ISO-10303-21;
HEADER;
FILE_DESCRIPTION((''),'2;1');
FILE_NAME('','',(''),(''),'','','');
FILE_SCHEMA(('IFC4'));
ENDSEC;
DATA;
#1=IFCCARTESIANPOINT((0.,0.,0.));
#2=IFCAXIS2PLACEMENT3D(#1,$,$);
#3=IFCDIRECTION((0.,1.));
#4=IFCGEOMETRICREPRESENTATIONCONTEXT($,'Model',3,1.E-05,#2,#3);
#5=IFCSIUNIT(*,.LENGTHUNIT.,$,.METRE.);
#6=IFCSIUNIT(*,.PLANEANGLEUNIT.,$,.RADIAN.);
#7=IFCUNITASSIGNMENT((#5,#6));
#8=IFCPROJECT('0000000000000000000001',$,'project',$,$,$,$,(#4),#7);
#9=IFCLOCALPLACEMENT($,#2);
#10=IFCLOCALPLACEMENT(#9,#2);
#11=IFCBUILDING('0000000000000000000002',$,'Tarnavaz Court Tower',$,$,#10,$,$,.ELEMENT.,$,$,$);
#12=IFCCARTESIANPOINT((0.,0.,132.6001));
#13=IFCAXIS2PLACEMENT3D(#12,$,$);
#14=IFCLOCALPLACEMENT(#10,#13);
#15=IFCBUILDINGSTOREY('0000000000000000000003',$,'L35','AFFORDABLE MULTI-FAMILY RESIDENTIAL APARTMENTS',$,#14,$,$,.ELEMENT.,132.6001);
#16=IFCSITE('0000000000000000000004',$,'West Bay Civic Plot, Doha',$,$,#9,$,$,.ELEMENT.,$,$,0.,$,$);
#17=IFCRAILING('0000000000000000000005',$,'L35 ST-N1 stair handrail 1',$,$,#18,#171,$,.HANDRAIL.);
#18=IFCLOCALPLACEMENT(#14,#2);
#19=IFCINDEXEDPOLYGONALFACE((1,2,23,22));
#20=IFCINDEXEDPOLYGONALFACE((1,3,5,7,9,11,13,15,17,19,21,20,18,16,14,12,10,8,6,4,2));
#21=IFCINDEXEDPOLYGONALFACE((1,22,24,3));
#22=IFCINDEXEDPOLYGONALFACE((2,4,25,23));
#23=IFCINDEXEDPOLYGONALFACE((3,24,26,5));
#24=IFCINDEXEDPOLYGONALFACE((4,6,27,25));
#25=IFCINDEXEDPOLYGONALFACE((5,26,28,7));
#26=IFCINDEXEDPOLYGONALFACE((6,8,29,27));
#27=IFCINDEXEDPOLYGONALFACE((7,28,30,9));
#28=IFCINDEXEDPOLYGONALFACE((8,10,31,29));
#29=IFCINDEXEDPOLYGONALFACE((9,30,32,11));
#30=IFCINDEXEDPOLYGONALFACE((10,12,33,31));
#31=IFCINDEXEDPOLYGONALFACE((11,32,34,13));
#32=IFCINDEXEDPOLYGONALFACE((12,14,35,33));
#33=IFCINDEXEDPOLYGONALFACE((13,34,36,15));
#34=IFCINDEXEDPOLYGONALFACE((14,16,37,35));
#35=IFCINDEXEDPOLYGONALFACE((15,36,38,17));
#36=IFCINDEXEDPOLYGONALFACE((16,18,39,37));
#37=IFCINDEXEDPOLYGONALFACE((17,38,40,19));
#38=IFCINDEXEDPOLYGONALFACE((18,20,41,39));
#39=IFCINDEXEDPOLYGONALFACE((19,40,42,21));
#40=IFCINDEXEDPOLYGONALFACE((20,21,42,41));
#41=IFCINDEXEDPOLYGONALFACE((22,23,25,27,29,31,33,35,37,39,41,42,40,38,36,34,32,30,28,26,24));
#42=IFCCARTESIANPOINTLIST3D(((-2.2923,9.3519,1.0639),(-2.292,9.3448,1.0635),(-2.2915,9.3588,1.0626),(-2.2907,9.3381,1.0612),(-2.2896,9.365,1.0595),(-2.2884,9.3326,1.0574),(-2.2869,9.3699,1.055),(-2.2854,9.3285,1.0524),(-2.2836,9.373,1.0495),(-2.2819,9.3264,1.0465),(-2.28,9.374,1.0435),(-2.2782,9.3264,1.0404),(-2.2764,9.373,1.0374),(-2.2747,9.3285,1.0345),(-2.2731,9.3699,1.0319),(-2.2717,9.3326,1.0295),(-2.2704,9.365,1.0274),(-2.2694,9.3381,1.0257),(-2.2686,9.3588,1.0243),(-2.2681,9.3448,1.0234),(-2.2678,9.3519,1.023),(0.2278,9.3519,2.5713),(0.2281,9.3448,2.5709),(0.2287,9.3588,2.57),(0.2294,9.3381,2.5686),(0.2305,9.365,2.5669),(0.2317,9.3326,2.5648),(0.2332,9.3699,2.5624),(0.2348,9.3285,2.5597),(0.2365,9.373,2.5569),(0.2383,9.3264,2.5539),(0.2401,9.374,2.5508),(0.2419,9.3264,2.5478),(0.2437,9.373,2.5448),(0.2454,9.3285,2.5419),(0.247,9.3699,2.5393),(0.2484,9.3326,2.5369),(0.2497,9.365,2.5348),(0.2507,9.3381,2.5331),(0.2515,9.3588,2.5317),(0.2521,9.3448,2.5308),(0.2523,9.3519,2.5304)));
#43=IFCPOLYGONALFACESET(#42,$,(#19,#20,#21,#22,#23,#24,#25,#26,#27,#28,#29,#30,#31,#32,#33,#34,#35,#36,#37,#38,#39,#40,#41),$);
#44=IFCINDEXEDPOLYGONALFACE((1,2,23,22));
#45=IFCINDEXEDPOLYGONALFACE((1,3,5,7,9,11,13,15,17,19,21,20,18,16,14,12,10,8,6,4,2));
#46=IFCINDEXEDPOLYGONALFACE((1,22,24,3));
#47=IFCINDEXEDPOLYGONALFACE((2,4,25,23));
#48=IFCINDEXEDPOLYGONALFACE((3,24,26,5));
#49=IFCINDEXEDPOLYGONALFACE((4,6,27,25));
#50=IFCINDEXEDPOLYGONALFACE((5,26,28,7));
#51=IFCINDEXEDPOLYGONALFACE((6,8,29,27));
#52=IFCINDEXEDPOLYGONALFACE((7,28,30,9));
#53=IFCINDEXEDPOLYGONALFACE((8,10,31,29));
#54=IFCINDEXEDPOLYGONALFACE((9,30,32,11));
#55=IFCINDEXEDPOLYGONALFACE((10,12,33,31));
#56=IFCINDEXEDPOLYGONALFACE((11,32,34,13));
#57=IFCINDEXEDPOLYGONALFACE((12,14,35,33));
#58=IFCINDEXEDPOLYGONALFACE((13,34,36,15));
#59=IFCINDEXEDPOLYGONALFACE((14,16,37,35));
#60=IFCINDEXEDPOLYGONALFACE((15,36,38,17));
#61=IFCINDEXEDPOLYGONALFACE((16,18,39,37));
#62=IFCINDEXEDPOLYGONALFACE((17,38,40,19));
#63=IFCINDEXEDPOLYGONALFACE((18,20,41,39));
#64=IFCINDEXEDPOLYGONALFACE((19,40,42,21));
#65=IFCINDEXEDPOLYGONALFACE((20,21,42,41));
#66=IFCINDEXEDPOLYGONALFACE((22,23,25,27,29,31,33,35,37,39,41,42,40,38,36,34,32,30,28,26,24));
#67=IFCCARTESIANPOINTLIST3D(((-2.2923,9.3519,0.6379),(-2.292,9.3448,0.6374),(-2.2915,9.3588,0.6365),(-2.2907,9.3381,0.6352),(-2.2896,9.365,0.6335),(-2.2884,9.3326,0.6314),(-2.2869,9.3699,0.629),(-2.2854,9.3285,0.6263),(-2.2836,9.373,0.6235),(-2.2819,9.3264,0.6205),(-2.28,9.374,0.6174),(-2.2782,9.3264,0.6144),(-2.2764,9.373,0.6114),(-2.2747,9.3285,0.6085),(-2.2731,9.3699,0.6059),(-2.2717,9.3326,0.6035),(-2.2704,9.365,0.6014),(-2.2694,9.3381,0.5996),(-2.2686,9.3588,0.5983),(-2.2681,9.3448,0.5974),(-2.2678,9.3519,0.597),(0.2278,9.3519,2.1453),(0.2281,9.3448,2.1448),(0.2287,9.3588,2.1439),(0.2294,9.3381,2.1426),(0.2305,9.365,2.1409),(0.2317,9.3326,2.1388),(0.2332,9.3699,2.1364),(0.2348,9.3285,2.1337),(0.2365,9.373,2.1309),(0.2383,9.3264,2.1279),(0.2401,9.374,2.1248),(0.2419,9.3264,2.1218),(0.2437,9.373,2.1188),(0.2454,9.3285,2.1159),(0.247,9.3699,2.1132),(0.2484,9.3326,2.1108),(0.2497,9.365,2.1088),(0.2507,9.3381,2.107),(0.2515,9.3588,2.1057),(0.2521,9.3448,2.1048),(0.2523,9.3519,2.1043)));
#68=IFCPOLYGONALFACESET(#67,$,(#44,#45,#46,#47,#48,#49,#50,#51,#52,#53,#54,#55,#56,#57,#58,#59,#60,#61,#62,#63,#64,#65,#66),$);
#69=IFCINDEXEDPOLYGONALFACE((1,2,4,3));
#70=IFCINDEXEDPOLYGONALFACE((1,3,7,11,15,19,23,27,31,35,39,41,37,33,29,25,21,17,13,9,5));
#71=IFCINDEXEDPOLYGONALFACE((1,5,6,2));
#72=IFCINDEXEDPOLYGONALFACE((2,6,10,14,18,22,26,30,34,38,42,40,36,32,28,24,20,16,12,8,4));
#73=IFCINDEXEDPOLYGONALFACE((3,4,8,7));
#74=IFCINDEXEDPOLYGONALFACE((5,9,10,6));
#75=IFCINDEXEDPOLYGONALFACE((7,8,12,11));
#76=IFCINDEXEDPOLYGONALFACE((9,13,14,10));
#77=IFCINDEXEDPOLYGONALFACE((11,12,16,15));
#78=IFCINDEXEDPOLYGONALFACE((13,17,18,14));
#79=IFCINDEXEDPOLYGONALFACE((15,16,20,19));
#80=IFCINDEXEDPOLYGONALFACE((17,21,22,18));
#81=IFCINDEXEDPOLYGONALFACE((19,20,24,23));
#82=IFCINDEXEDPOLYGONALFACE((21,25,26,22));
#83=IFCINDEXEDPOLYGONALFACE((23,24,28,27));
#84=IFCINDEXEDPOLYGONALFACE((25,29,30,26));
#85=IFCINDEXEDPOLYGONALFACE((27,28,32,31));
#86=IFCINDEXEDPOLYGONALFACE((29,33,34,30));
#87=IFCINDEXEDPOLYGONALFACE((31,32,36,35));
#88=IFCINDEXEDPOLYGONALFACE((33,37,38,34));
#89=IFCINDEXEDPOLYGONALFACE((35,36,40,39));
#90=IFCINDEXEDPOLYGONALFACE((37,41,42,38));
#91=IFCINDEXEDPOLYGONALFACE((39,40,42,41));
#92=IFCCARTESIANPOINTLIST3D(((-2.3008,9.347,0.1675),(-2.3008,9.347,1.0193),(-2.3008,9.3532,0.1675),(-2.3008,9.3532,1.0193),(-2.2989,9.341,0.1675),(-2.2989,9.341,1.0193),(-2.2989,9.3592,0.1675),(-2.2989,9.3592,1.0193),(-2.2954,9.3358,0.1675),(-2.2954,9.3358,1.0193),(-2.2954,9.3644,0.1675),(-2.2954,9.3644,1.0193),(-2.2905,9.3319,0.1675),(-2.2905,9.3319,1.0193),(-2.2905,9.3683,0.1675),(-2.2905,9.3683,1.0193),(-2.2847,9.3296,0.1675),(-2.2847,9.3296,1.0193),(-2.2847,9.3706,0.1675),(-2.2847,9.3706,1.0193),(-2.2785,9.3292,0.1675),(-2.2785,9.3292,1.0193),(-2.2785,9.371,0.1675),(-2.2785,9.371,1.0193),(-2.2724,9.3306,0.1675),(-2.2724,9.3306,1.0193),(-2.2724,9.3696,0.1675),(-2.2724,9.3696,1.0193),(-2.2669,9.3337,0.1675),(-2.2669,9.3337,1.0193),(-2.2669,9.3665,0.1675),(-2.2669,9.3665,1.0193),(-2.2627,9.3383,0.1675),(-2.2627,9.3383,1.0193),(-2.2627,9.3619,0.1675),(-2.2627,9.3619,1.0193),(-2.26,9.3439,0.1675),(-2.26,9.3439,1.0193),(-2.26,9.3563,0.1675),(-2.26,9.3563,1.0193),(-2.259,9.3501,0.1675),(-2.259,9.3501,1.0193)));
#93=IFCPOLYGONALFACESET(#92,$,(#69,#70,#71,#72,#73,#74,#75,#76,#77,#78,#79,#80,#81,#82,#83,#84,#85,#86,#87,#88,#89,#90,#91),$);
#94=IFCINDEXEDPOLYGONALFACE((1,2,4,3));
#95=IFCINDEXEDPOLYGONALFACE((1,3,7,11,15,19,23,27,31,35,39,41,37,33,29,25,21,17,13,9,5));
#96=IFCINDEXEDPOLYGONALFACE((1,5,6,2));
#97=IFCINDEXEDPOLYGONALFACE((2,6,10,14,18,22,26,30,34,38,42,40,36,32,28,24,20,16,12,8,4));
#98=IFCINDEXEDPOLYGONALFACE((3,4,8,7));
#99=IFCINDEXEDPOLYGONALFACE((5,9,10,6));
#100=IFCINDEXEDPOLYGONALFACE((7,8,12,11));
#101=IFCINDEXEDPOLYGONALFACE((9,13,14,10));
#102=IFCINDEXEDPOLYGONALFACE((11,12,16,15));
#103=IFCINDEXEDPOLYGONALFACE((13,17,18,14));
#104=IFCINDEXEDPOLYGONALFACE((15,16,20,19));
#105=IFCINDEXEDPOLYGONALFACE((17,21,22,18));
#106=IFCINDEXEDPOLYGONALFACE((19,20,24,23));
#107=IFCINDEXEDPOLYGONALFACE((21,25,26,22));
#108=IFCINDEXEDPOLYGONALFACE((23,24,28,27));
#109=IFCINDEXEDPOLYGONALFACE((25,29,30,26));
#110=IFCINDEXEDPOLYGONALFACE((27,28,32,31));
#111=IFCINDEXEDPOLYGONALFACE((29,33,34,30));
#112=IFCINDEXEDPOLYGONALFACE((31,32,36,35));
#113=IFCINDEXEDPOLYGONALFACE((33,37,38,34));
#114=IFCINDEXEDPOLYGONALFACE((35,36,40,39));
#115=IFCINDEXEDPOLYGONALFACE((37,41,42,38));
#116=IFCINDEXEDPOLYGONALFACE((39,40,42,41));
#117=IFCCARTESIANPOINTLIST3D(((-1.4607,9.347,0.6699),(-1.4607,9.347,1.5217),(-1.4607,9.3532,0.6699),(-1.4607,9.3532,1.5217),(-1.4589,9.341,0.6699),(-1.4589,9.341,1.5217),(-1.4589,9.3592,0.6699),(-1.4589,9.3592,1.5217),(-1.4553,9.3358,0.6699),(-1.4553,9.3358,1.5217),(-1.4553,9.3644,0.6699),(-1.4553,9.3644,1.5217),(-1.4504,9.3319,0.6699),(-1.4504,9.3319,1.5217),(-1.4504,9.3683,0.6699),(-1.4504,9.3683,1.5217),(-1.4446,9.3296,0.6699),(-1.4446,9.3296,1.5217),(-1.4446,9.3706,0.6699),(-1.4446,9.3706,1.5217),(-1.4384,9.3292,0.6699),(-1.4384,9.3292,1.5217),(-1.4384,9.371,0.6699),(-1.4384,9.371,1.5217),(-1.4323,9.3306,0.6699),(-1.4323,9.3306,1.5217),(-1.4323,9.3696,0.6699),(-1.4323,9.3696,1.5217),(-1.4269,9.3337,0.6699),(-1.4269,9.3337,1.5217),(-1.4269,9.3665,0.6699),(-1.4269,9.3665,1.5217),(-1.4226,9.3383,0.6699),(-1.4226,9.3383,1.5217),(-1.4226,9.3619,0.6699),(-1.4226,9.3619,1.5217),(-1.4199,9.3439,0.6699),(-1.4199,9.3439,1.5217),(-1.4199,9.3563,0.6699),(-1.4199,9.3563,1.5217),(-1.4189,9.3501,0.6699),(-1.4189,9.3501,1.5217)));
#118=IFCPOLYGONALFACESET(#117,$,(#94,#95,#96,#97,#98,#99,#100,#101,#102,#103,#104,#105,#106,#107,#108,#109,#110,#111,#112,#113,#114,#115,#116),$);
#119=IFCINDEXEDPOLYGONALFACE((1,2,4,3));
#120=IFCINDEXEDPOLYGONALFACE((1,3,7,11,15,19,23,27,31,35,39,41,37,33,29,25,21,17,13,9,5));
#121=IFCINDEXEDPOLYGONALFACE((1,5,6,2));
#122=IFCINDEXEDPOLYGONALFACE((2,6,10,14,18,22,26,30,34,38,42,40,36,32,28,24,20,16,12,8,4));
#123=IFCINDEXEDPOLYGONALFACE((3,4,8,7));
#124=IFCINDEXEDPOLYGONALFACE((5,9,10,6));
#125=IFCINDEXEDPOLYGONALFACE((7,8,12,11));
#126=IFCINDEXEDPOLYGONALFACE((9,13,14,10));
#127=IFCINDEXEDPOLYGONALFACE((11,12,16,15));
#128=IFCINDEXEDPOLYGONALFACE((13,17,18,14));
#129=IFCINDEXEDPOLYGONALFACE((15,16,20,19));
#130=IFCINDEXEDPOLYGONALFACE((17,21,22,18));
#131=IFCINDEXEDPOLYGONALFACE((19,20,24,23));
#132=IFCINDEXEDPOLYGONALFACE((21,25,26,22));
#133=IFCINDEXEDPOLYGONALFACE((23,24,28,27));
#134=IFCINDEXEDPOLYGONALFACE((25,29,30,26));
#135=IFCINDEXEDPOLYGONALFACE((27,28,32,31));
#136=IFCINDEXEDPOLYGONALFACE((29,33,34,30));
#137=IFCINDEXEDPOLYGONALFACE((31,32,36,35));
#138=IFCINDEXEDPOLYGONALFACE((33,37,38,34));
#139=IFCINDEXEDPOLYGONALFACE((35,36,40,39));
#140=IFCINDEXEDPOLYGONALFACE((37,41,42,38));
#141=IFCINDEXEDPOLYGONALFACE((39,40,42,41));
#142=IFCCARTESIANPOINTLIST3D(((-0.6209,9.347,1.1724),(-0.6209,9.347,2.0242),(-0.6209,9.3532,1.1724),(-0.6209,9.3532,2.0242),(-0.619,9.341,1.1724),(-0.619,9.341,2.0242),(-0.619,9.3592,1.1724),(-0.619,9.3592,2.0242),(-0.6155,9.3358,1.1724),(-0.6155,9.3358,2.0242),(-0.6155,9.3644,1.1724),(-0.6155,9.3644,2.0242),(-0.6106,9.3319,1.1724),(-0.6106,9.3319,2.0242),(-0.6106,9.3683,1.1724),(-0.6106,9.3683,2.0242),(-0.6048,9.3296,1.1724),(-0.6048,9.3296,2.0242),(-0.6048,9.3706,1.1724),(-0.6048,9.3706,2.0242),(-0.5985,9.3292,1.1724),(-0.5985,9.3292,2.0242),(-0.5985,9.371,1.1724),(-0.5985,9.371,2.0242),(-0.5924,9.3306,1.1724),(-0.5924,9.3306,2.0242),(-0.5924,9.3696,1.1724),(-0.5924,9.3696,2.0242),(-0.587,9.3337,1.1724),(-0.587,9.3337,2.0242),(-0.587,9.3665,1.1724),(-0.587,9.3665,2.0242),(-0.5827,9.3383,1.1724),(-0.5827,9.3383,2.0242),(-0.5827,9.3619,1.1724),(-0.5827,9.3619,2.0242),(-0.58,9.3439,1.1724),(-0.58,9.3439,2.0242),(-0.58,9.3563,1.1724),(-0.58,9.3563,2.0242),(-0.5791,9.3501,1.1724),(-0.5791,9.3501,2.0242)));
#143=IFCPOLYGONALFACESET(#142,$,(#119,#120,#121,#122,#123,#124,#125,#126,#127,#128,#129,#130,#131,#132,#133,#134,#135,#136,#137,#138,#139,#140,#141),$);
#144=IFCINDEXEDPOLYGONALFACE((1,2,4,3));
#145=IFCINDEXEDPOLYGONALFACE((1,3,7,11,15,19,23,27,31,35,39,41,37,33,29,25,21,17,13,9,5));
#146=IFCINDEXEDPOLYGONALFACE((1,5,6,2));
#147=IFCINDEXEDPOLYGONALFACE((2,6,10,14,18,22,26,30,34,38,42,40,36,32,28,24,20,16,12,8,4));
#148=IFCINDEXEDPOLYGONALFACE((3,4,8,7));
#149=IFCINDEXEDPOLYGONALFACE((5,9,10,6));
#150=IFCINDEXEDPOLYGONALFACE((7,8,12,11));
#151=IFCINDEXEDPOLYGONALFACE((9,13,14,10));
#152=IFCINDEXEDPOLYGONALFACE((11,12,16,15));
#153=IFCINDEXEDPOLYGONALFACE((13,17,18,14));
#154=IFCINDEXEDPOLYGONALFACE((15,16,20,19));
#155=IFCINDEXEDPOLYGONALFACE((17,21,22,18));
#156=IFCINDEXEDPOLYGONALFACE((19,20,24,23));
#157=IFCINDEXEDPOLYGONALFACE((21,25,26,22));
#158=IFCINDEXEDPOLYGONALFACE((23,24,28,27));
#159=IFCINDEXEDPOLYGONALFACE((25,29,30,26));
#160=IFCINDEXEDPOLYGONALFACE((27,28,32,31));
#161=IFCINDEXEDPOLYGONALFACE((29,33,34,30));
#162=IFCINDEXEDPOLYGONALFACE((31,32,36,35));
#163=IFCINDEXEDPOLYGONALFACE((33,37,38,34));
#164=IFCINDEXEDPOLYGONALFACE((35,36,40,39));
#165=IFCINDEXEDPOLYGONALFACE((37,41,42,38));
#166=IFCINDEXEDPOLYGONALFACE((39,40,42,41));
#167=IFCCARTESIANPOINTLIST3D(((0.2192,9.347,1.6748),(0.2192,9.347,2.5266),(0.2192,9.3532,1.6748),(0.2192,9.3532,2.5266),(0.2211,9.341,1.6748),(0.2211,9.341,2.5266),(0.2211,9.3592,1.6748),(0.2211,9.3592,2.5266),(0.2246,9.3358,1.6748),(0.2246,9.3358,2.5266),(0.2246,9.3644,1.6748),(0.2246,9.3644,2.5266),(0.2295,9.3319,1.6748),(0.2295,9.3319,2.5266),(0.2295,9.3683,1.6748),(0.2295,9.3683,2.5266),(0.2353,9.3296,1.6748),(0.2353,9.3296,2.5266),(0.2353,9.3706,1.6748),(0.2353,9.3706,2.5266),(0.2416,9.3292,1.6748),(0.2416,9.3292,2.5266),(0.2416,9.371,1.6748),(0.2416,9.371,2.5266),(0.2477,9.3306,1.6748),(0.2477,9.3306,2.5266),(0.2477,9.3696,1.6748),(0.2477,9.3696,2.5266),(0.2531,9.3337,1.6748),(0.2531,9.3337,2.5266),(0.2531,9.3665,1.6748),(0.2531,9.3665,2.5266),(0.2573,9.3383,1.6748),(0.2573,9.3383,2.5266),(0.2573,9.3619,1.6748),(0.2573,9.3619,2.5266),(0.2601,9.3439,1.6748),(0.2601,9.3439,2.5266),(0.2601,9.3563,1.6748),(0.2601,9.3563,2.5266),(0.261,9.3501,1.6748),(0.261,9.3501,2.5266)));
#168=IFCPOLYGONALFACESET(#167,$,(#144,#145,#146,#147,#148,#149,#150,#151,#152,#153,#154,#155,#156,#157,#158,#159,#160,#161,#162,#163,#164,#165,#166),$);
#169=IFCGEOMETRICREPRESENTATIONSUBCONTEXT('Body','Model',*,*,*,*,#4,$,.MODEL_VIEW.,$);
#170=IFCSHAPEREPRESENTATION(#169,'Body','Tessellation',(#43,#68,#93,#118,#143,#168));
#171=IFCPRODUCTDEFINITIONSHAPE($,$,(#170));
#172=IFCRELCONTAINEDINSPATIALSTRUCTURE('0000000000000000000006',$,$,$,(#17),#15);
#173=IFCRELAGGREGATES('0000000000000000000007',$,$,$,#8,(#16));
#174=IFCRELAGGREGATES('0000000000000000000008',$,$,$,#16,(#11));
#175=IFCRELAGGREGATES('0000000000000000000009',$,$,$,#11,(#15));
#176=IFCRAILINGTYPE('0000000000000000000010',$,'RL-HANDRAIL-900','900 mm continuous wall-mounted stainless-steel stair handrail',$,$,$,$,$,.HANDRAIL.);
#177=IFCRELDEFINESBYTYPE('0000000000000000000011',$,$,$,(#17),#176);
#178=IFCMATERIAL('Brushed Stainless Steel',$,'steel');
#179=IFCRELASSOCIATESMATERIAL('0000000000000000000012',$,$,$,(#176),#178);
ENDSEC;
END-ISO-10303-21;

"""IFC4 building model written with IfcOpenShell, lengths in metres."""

from ifc_helpers import new_model, si_unit, direction, frame, origin, origin_2d, place, context, subcontext, project, spatial, circle, extrude, material, type_object, element, save


model = new_model("IFC4")

# Units and contexts
model_context = context("Model", 3, precision=1e-05, world=origin(), true_north=direction((0.0, 1.0)))
body_context = subcontext(model_context, "Body", "Model", "MODEL_VIEW")
ifc_project = project(units=[si_unit("LENGTHUNIT", "METRE"), si_unit("PLANEANGLEUNIT", "RADIAN")], contexts=[model_context])

# Site, building, storey
site_placement = place(None, origin())
site = spatial("IfcSite", under=ifc_project, at=site_placement, Name="West Bay Civic Plot, Doha", CompositionType="ELEMENT", RefElevation=0.0)
building_placement = place(site_placement, origin())
building = spatial("IfcBuilding", under=site, at=building_placement, Name="Tarnavaz Court Tower", CompositionType="ELEMENT")
storey_placement = place(building_placement, frame((0.0, 0.0, 132.6001)))
storey = spatial("IfcBuildingStorey", under=building, at=storey_placement, Name="L35", Description="AFFORDABLE MULTI-FAMILY RESIDENTIAL APARTMENTS", CompositionType="ELEMENT", Elevation=132.6001)

# Railing
ifc_material_1 = material(Name="Brushed Stainless Steel", Category="steel")
railing_type_1 = type_object("IfcRailingType", Name="RL-HANDRAIL-900", Description="900 mm continuous wall-mounted stainless-steel stair handrail", PredefinedType="HANDRAIL", material=ifc_material_1)
railing_1_placement = place(storey_placement, frame((-2.28, 9.3501, 0.1675)))
element("IfcRailing", 1, at=railing_1_placement, inside=storey, type_object=railing_type_1, Name="L35 ST-N1 stair handrail 1", PredefinedType="HANDRAIL", context=body_context, shape_type="SweptSolid", body=[
    extrude(circle(Radius=0.0239, at=origin_2d()), frame((0.0, 0.0, 0.876), z_axis=(0.858196, 0.0, 0.513321), x_axis=(0.0, 1.0, 0.0)), (0.0, 0.0, 1.0), 2.9365),
    extrude(circle(Radius=0.0239, at=origin_2d()), frame((0.0, 0.0, 0.45), z_axis=(0.858196, 0.0, 0.513321), x_axis=(0.0, 1.0, 0.0)), (0.0, 0.0, 1.0), 2.9365),
    extrude(circle(Radius=0.021, at=origin_2d()), origin(), (0.0, 0.0, 1.0), 0.8518),
    extrude(circle(Radius=0.021, at=origin_2d()), frame((0.8401, 0.0, 0.5024)), (0.0, 0.0, 1.0), 0.8518),
    extrude(circle(Radius=0.021, at=origin_2d()), frame((1.6799, 0.0, 1.0049)), (0.0, 0.0, 1.0), 0.8518),
    extrude(circle(Radius=0.021, at=origin_2d()), frame((2.52, 0.0, 1.5073)), (0.0, 0.0, 1.0), 0.8518),
])

save(model, "model.ifc")
